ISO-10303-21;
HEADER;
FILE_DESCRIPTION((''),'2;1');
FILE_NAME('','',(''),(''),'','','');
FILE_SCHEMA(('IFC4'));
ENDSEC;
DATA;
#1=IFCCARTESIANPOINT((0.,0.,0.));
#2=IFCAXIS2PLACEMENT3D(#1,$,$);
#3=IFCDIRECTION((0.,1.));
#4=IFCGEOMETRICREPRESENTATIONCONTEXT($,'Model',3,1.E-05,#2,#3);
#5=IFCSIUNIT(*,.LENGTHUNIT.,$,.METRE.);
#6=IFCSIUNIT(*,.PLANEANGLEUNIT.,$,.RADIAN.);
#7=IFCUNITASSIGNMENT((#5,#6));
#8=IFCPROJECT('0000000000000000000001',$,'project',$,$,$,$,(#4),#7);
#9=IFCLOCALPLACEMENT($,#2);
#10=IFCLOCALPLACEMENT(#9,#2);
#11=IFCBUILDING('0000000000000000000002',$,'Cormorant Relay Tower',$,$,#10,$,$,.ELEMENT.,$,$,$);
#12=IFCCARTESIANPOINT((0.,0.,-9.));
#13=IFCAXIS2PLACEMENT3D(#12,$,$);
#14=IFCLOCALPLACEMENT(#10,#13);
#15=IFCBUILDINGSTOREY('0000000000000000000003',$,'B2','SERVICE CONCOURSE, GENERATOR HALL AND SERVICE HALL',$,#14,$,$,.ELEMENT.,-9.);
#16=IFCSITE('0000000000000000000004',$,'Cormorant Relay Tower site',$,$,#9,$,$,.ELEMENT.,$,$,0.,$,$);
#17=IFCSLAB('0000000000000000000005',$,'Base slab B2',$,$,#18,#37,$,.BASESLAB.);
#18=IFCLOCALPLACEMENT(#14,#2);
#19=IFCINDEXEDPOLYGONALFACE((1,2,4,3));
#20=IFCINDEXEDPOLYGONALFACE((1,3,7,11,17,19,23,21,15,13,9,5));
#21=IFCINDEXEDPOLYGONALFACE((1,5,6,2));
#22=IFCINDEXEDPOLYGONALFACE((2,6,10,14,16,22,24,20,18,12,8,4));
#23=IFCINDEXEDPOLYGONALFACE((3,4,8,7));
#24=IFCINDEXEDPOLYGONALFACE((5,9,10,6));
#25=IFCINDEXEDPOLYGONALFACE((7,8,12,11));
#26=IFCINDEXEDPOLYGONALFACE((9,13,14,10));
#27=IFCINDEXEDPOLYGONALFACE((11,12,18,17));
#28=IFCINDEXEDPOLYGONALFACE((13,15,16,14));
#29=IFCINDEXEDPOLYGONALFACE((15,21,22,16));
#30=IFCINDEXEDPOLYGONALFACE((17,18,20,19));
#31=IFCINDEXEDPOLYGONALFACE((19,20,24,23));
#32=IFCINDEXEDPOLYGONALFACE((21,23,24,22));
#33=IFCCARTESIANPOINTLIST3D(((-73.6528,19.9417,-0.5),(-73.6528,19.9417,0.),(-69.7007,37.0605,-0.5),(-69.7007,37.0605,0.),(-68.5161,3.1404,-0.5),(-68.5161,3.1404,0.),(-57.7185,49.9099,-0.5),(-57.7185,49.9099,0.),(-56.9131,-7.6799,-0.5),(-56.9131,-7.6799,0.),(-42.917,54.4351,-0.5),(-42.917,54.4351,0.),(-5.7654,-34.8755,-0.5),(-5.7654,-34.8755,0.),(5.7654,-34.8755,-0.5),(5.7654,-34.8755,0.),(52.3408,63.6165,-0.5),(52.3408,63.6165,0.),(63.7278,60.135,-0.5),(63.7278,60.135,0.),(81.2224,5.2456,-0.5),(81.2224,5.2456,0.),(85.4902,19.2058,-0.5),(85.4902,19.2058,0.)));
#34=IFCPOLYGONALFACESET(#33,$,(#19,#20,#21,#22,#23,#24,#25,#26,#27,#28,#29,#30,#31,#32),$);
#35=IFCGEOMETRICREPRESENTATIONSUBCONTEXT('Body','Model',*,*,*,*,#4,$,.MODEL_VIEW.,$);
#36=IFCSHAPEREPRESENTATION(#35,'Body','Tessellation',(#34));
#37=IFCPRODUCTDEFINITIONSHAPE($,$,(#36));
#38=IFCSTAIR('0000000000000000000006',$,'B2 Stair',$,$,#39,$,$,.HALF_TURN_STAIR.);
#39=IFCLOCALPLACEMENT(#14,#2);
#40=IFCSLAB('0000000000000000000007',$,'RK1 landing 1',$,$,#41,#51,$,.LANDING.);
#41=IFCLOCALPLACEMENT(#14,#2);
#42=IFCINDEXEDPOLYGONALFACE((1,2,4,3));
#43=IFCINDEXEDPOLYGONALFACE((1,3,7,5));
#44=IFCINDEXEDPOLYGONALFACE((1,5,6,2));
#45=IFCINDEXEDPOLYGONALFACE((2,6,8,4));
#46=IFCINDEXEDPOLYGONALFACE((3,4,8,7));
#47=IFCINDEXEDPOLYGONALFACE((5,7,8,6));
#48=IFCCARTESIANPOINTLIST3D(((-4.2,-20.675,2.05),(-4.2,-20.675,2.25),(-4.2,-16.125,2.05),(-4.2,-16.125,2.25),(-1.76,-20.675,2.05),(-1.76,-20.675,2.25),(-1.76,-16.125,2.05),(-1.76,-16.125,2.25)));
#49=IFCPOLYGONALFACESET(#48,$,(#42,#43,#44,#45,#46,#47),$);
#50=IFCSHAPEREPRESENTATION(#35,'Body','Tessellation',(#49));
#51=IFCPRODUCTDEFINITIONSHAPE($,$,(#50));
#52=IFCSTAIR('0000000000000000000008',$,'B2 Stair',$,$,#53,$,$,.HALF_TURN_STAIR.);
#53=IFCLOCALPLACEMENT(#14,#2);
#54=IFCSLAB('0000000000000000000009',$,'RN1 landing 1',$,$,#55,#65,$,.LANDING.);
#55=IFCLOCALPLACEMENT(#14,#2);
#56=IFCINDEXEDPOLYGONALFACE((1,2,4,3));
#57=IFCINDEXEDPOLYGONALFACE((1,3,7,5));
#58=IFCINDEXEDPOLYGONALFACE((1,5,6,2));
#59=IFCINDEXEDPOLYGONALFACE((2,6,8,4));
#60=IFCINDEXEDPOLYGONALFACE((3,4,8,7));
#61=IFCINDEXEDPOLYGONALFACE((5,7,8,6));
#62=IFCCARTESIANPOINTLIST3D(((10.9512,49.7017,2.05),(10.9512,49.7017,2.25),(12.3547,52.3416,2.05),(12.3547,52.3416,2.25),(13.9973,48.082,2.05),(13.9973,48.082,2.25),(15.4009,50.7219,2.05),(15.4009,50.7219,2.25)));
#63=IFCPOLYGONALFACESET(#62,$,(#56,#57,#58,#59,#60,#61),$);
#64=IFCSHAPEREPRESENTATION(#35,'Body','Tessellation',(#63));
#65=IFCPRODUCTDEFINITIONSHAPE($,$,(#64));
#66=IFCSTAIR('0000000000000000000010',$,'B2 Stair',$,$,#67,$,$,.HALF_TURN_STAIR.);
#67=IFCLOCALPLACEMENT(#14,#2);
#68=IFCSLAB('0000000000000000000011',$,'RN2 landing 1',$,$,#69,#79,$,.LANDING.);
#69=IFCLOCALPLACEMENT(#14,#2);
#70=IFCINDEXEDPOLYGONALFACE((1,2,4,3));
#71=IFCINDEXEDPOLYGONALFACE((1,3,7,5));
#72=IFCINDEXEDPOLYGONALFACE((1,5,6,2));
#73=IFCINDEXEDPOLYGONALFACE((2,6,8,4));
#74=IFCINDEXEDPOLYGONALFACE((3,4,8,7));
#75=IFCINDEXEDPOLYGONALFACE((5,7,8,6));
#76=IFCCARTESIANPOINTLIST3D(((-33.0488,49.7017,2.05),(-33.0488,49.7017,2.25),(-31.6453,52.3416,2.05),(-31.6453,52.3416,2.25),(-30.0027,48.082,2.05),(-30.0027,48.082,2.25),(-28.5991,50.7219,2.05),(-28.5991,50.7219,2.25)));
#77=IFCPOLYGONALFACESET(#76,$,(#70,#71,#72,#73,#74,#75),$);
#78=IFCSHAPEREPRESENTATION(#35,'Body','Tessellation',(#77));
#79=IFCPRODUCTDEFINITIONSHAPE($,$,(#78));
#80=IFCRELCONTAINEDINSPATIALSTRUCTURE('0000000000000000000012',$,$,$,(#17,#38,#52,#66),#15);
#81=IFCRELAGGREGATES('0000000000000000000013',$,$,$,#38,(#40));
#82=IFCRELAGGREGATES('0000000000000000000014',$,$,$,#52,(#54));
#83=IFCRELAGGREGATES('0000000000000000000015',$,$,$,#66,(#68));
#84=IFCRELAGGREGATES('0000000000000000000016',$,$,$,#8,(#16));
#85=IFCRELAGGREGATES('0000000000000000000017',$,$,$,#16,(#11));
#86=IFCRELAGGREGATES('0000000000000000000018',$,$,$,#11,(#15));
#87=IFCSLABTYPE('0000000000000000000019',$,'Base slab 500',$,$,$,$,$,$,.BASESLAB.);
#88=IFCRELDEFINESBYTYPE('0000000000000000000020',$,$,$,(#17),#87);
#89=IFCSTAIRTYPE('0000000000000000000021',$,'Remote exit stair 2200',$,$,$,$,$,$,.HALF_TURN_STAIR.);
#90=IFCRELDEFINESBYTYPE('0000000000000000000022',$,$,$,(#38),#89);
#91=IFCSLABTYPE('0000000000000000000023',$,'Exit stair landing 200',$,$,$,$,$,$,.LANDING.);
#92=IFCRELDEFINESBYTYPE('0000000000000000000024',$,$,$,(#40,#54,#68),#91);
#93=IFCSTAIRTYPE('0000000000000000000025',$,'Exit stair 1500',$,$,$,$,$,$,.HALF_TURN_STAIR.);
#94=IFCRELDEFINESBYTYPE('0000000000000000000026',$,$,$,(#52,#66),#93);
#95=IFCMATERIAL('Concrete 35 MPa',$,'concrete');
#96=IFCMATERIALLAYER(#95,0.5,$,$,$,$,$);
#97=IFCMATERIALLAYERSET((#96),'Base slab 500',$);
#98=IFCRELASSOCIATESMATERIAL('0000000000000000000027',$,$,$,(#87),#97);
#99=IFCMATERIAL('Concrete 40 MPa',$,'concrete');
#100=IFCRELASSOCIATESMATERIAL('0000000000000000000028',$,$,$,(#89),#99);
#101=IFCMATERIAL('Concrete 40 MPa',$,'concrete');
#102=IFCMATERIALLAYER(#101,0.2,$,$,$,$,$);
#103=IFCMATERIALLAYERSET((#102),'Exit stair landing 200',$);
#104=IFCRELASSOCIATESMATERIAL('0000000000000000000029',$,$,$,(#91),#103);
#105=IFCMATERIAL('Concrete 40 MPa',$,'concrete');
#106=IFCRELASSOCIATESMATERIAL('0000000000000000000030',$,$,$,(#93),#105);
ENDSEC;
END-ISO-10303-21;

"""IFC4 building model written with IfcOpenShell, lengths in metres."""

from ifc_helpers import new_model, si_unit, direction, frame, origin, place, context, subcontext, project, spatial, polyline, outline, extrude, material, layer, layer_set, type_object, element, aggregate, save


model = new_model("IFC4")

# Units and contexts
model_context = context("Model", 3, precision=1e-05, world=origin(), true_north=direction((0.0, 1.0)))
body_context = subcontext(model_context, "Body", "Model", "MODEL_VIEW")
ifc_project = project(units=[si_unit("LENGTHUNIT", "METRE"), si_unit("PLANEANGLEUNIT", "RADIAN")], contexts=[model_context])

# Site, building, storey
site_placement = place(None, origin())
site = spatial("IfcSite", under=ifc_project, at=site_placement, Name="Cormorant Relay Tower site", CompositionType="ELEMENT", RefElevation=0.0)
building_placement = place(site_placement, origin())
building = spatial("IfcBuilding", under=site, at=building_placement, Name="Cormorant Relay Tower", CompositionType="ELEMENT")
storey_placement = place(building_placement, frame((0.0, 0.0, -9.0)))
storey = spatial("IfcBuildingStorey", under=building, at=storey_placement, Name="B2", Description="SERVICE CONCOURSE, GENERATOR HALL AND SERVICE HALL", CompositionType="ELEMENT", Elevation=-9.0)

# Slab
ifc_material_1 = material(Name="Concrete 35 MPa", Category="concrete")
ifc_layer_1 = layer(ifc_material_1, 0.5)
ifc_layer_set_1 = layer_set([ifc_layer_1], Name="Base slab 500")
slab_type_1 = type_object("IfcSlabType", Name="Base slab 500", PredefinedType="BASESLAB", material=ifc_layer_set_1)
slab_1_placement = place(storey_placement, frame((0.0, 0.0, -0.5)))
element("IfcSlab", 1, at=slab_1_placement, inside=storey, type_object=slab_type_1, Name="Base slab B2", PredefinedType="BASESLAB", context=body_context, shape_type="SweptSolid", body=[
    extrude(outline(polyline([(-56.9131, -7.6799), (-68.5161, 3.1404), (-73.6528, 19.9417), (-69.7007, 37.0605), (-57.7185, 49.9099), (-42.917, 54.4351), (52.3408, 63.6165), (63.7278, 60.135), (85.4902, 19.2058), (81.2224, 5.2456), (5.7654, -34.8755), (-5.7654, -34.8755), (-56.9131, -7.6799)])), origin(), (0.0, 0.0, 1.0), 0.5),
])

# Stairs, slabs
ifc_material_2 = material(Name="Concrete 40 MPa", Category="concrete")
stair_type_1 = type_object("IfcStairType", Name="Remote exit stair 2200", PredefinedType="HALF_TURN_STAIR", material=ifc_material_2)
stair_1_placement = place(storey_placement, origin())
stair_1 = element("IfcStair", 2, at=stair_1_placement, inside=storey, type_object=stair_type_1, Name="B2 Stair", PredefinedType="HALF_TURN_STAIR")
ifc_material_3 = material(Name="Concrete 40 MPa", Category="concrete")
ifc_layer_2 = layer(ifc_material_3, 0.2)
ifc_layer_set_2 = layer_set([ifc_layer_2], Name="Exit stair landing 200")
slab_type_2 = type_object("IfcSlabType", Name="Exit stair landing 200", PredefinedType="LANDING", material=ifc_layer_set_2)
slab_2_placement = place(storey_placement, frame((0.0, 0.0, 2.05)))
slab_2 = element("IfcSlab", 3, at=slab_2_placement, type_object=slab_type_2, Name="RK1 landing 1", PredefinedType="LANDING", context=body_context, shape_type="SweptSolid", body=[
    extrude(outline(polyline([(-1.76, -16.125), (-4.2, -16.125), (-4.2, -20.675), (-1.76, -20.675), (-1.76, -16.125)])), origin(), (0.0, 0.0, 1.0), 0.2),
])
aggregate(stair_1, [slab_2])
ifc_material_4 = material(Name="Concrete 40 MPa", Category="concrete")
stair_type_2 = type_object("IfcStairType", Name="Exit stair 1500", PredefinedType="HALF_TURN_STAIR", material=ifc_material_4)
stair_2_placement = place(storey_placement, origin())
stair_2 = element("IfcStair", 4, at=stair_2_placement, inside=storey, type_object=stair_type_2, Name="B2 Stair", PredefinedType="HALF_TURN_STAIR")
slab_3_placement = place(storey_placement, frame((0.0, 0.0, 2.05)))
slab_3 = element("IfcSlab", 5, at=slab_3_placement, type_object=slab_type_2, Name="RN1 landing 1", PredefinedType="LANDING", context=body_context, shape_type="SweptSolid", body=[
    extrude(outline(polyline([(13.9973, 48.082), (15.4009, 50.7219), (12.3547, 52.3416), (10.9512, 49.7017), (13.9973, 48.082)])), origin(), (0.0, 0.0, 1.0), 0.2),
])
aggregate(stair_2, [slab_3])
stair_3_placement = place(storey_placement, origin())
stair_3 = element("IfcStair", 6, at=stair_3_placement, inside=storey, type_object=stair_type_2, Name="B2 Stair", PredefinedType="HALF_TURN_STAIR")
slab_4_placement = place(storey_placement, frame((0.0, 0.0, 2.05)))
slab_4 = element("IfcSlab", 7, at=slab_4_placement, type_object=slab_type_2, Name="RN2 landing 1", PredefinedType="LANDING", context=body_context, shape_type="SweptSolid", body=[
    extrude(outline(polyline([(-30.0027, 48.082), (-28.5991, 50.7219), (-31.6453, 52.3416), (-33.0488, 49.7017), (-30.0027, 48.082)])), origin(), (0.0, 0.0, 1.0), 0.2),
])
aggregate(stair_3, [slab_4])

save(model, "model.ifc")
